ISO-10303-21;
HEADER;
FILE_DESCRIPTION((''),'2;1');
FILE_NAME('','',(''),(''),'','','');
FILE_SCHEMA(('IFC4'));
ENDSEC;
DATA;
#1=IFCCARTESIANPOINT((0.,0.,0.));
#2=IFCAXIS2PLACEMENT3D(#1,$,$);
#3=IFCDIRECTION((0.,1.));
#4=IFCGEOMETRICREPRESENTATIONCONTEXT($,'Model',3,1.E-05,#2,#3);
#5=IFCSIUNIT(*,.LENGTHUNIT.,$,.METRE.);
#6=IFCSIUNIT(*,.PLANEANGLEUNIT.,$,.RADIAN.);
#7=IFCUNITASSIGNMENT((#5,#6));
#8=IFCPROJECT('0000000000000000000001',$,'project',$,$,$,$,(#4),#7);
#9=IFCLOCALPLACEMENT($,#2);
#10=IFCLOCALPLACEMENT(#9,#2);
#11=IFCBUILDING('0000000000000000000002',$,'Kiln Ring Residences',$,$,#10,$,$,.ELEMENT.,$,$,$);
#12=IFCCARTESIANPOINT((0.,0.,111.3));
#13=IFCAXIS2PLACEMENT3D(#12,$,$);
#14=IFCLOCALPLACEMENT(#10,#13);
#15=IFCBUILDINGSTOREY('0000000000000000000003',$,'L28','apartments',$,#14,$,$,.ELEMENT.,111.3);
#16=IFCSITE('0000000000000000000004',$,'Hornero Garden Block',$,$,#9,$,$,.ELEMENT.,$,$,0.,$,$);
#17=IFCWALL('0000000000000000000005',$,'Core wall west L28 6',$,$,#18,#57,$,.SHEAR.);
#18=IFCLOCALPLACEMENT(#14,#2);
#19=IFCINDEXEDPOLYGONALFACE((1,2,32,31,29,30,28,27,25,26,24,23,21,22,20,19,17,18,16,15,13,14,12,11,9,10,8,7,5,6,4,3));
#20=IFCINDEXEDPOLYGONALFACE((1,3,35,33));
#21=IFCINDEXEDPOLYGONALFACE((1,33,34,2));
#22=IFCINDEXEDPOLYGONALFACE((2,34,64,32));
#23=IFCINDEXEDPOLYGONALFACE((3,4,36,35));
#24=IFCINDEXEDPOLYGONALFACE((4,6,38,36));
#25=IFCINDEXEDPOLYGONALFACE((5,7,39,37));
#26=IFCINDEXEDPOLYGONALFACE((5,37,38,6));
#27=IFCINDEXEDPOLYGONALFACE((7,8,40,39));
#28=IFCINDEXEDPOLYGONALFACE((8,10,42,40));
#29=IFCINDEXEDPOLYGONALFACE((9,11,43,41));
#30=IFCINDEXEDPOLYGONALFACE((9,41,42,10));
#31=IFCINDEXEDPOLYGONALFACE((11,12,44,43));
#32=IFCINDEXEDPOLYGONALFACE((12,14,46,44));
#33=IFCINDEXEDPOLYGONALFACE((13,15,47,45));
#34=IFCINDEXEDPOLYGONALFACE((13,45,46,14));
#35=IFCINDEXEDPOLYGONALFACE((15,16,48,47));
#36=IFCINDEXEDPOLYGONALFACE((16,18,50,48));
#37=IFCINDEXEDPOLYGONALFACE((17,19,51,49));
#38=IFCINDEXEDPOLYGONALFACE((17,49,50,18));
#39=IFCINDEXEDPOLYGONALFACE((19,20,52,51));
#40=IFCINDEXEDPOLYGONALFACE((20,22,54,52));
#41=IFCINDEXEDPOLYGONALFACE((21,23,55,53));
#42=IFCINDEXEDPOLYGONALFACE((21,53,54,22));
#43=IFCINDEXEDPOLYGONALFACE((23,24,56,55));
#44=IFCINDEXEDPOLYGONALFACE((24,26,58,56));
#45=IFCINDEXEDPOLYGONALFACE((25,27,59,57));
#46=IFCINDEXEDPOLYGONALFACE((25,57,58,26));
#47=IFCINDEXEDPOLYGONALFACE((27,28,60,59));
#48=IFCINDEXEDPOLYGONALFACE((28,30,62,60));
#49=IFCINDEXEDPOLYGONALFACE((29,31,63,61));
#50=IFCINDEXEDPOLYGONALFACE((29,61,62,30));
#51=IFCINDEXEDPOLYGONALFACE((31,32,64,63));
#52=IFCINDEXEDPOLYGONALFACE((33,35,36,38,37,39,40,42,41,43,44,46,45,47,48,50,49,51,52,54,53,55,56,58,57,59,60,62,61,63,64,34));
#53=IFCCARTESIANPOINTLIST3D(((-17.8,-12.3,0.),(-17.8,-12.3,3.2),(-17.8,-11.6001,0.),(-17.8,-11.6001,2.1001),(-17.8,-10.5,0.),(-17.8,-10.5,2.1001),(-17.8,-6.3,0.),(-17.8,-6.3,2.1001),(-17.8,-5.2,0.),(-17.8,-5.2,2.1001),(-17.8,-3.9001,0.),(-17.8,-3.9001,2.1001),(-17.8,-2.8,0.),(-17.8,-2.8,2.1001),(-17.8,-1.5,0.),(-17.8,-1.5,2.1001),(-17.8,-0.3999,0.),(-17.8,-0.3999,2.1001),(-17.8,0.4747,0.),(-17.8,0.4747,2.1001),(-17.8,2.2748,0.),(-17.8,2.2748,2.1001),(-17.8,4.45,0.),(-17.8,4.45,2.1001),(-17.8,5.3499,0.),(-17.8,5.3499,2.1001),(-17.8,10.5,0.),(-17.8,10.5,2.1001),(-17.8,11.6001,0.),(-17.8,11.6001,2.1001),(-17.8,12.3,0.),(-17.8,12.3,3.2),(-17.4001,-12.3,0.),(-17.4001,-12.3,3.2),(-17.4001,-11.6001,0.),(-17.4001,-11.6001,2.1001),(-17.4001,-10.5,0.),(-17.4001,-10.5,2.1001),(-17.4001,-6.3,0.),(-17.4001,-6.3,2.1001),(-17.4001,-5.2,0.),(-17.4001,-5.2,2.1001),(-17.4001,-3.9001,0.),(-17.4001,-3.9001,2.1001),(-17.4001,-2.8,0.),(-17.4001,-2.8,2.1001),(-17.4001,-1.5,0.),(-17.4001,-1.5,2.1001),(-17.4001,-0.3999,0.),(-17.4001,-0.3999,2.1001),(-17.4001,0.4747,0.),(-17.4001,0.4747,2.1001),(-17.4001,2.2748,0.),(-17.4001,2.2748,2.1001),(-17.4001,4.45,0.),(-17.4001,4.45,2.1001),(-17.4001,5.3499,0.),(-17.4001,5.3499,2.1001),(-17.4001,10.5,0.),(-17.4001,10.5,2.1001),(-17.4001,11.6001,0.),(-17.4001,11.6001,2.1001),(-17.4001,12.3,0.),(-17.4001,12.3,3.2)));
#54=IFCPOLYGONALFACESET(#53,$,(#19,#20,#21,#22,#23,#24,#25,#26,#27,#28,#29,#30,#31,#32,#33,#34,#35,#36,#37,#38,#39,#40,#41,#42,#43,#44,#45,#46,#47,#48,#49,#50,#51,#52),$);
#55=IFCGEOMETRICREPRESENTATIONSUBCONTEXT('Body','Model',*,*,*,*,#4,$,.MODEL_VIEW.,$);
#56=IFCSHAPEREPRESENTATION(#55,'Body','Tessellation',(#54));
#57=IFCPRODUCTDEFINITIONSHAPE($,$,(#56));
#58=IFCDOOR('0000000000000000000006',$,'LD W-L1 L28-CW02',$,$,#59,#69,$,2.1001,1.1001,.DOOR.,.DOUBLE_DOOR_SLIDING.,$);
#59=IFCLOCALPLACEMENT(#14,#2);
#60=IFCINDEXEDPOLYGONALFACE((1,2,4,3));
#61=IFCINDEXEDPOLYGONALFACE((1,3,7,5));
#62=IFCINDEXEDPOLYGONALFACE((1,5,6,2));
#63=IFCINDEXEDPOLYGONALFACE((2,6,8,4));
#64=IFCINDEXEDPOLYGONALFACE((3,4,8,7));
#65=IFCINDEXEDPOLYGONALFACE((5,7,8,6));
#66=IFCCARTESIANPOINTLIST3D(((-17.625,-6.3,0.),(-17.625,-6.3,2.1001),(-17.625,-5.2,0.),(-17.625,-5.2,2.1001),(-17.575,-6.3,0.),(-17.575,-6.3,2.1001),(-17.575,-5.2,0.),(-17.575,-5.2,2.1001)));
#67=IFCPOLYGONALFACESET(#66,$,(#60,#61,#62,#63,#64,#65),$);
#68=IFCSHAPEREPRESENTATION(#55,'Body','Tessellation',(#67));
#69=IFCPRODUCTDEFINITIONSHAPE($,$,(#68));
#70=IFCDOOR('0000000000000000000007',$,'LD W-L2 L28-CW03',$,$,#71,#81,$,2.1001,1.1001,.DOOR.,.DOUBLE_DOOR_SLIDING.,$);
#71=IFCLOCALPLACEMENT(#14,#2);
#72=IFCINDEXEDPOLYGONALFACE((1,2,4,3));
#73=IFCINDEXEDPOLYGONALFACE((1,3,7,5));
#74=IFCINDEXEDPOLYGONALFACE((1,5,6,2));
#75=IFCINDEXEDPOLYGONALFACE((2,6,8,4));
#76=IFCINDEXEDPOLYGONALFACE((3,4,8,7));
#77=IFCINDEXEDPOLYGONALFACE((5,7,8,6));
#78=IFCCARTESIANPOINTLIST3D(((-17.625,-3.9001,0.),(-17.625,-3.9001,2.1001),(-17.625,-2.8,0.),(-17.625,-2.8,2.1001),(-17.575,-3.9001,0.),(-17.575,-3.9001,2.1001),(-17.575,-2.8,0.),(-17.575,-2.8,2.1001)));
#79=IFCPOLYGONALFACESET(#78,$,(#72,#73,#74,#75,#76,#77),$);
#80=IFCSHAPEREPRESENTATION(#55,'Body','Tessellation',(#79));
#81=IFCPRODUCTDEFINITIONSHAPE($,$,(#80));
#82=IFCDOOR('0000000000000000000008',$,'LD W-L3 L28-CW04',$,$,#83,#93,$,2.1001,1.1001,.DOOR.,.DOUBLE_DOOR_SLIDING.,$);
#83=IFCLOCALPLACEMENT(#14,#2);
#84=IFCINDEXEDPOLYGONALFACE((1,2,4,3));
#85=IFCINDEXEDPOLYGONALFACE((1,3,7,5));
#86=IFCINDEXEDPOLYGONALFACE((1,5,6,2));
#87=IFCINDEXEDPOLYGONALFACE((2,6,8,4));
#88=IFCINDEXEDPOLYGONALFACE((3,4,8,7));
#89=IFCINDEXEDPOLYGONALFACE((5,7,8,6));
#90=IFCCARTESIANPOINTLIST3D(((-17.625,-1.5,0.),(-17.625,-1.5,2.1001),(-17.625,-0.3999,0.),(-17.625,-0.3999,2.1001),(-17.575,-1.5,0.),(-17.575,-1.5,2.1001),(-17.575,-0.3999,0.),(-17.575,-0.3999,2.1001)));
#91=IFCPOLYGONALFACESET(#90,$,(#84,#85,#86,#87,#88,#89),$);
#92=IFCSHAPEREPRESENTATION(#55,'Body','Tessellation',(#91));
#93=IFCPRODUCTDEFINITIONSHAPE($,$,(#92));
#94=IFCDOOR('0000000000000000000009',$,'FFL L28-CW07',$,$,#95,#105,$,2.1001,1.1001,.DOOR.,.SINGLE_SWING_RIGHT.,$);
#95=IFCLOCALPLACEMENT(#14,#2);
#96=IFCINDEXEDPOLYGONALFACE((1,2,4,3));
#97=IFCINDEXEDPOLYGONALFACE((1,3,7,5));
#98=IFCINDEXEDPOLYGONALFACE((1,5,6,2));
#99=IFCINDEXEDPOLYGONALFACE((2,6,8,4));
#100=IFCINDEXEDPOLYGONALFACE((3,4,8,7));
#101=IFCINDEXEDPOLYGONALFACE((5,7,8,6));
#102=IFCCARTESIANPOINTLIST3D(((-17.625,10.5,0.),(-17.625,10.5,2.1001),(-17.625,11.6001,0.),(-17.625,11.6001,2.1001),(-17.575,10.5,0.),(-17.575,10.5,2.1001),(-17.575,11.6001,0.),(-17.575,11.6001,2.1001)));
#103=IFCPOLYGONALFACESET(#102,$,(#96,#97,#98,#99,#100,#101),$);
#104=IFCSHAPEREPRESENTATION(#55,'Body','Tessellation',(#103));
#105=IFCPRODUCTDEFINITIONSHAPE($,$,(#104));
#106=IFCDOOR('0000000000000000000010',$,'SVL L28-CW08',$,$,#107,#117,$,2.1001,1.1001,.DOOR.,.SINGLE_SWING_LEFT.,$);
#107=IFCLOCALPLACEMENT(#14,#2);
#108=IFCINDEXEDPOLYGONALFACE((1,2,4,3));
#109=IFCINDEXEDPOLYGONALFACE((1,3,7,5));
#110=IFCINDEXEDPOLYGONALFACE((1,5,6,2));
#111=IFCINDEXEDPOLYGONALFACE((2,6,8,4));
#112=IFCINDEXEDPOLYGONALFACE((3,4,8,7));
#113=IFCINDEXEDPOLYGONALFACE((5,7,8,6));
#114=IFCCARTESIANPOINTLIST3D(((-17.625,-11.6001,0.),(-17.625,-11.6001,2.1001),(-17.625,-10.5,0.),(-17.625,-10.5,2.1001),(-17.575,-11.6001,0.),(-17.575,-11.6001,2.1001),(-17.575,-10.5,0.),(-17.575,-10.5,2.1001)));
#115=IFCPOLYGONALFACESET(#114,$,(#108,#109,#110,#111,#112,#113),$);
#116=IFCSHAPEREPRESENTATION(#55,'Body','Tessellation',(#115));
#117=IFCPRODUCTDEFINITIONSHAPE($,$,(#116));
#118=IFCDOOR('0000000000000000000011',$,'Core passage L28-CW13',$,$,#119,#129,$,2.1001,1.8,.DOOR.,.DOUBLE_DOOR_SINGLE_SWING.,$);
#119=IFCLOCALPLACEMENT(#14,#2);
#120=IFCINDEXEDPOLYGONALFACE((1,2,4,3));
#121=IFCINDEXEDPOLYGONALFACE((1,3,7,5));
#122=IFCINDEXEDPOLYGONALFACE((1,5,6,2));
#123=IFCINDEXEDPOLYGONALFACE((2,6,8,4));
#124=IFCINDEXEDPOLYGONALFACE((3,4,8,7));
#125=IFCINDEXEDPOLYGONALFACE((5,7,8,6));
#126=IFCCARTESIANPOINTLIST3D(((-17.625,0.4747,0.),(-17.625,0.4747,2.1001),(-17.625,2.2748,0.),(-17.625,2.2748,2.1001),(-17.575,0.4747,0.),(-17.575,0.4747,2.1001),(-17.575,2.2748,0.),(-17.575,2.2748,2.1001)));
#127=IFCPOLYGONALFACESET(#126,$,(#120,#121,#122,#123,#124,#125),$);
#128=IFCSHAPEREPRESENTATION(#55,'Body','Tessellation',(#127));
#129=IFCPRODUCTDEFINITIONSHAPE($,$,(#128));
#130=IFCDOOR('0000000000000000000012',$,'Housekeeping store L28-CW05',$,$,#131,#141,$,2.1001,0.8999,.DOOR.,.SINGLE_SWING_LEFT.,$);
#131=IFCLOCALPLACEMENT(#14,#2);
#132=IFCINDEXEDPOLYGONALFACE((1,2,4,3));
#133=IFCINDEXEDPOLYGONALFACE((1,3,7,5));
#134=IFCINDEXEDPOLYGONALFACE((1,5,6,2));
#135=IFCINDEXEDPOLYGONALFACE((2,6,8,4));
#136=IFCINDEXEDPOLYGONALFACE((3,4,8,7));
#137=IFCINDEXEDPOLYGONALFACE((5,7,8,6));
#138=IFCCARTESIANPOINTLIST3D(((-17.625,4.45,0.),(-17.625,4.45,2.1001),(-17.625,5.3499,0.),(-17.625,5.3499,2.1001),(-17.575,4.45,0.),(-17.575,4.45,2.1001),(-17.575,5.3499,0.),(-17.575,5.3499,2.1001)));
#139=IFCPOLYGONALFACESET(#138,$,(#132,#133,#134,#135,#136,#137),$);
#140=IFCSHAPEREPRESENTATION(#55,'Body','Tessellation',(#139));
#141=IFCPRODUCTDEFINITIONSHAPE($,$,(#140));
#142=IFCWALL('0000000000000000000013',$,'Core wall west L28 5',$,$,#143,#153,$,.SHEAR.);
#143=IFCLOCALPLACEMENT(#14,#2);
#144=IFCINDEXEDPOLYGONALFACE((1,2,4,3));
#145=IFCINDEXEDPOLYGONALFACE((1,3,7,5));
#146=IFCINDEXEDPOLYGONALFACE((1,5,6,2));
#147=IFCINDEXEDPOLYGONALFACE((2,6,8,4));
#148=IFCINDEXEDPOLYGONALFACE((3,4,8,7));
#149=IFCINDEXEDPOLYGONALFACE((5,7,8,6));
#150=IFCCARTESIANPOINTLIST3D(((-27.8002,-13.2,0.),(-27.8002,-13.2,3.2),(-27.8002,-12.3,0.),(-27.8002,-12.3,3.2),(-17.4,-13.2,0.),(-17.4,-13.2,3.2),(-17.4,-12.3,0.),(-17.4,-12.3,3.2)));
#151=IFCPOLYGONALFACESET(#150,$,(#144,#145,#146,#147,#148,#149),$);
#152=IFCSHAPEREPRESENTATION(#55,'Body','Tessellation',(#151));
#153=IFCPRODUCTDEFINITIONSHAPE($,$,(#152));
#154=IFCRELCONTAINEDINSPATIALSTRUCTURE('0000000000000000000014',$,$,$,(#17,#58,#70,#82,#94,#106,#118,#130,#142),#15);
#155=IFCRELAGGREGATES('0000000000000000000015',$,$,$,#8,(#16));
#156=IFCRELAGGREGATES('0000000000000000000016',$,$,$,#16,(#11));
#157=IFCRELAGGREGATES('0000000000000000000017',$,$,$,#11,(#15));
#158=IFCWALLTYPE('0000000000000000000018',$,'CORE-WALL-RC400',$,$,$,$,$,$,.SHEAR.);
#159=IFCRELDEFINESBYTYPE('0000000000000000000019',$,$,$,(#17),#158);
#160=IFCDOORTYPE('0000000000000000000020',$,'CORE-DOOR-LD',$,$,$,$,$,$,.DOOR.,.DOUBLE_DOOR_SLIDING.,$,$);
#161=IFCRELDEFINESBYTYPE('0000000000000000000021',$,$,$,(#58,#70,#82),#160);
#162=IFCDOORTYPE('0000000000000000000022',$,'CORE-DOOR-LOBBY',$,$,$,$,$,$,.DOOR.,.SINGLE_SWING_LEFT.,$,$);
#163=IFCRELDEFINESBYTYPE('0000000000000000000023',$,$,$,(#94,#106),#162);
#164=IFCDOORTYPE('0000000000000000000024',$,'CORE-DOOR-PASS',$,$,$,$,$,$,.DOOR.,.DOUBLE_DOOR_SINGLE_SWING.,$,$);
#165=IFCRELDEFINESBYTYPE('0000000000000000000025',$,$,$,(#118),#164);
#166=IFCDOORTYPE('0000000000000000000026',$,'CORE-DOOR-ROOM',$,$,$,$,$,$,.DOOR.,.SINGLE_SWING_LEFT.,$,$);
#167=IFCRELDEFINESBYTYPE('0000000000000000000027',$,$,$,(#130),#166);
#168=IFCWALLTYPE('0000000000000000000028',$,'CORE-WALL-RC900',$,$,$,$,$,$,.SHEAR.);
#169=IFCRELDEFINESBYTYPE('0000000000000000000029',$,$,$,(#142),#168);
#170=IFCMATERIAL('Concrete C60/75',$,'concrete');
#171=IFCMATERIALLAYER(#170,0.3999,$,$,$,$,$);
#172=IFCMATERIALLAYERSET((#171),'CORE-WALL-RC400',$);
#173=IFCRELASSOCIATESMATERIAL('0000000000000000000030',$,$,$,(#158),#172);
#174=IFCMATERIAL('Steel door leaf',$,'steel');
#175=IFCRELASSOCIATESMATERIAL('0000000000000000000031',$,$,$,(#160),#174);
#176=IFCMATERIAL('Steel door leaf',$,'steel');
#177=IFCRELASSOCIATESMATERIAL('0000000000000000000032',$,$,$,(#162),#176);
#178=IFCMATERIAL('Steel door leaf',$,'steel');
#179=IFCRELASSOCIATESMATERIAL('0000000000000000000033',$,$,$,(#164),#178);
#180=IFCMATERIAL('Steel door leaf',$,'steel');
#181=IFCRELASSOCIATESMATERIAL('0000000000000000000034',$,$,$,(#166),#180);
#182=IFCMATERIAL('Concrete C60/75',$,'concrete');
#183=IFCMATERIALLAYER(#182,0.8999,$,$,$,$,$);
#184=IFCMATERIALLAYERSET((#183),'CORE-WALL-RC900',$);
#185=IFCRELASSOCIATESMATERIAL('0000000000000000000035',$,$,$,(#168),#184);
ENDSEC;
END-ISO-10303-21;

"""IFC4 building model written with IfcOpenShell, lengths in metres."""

from ifc_helpers import new_model, si_unit, direction, frame, frame_2d, origin, place, context, subcontext, project, spatial, rectangle, extrude, material, layer, layer_set, type_object, element, fill, save


model = new_model("IFC4")

# Units and contexts
model_context = context("Model", 3, precision=1e-05, world=origin(), true_north=direction((0.0, 1.0)))
body_context = subcontext(model_context, "Body", "Model", "MODEL_VIEW")
ifc_project = project(units=[si_unit("LENGTHUNIT", "METRE"), si_unit("PLANEANGLEUNIT", "RADIAN")], contexts=[model_context])

# Site, building, storey
site_placement = place(None, origin())
site = spatial("IfcSite", under=ifc_project, at=site_placement, Name="Hornero Garden Block", CompositionType="ELEMENT", RefElevation=0.0)
building_placement = place(site_placement, origin())
building = spatial("IfcBuilding", under=site, at=building_placement, Name="Kiln Ring Residences", CompositionType="ELEMENT")
storey_placement = place(building_placement, frame((0.0, 0.0, 111.3)))
storey = spatial("IfcBuildingStorey", under=building, at=storey_placement, Name="L28", Description="apartments", CompositionType="ELEMENT", Elevation=111.3)

# Wall, openings, doors
ifc_material_1 = material(Name="Concrete C60/75", Category="concrete")
ifc_layer_1 = layer(ifc_material_1, 0.3999)
ifc_layer_set_1 = layer_set([ifc_layer_1], Name="CORE-WALL-RC400")
wall_type_1 = type_object("IfcWallType", Name="CORE-WALL-RC400", PredefinedType="SHEAR", material=ifc_layer_set_1)
wall_1_placement = place(storey_placement, frame((-17.6001, -12.3, 0.0), z_axis=(0.0, 0.0, 1.0), x_axis=(0.0, 1.0, 0.0)))
wall_1 = element("IfcWall", 1, at=wall_1_placement, inside=storey, type_object=wall_type_1, Name="Core wall west L28 6", PredefinedType="SHEAR", context=body_context, shape_type="SweptSolid", body=[
    extrude(rectangle(XDim=24.6001, YDim=0.3999, at=frame_2d((12.3, 0.0))), origin(), (0.0, 0.0, 1.0), 3.2),
])
opening_1_placement = place(wall_1_placement, frame((6.0, 0.0, 0.0)))
opening_1 = element("IfcOpeningElement", 2, at=opening_1_placement, cuts=wall_1, PredefinedType="OPENING", context=body_context, shape_type="SweptSolid", body=[
    extrude(rectangle(XDim=1.1001, YDim=2.1001, at=frame_2d((0.55, 1.05))), frame((0.0, 0.21, 0.0), z_axis=(0.0, -1.0, 0.0), x_axis=(1.0, 0.0, 0.0)), (0.0, 0.0, 1.0), 0.4199),
])
opening_2_placement = place(wall_1_placement, frame((8.3999, 0.0, 0.0)))
opening_2 = element("IfcOpeningElement", 3, at=opening_2_placement, cuts=wall_1, PredefinedType="OPENING", context=body_context, shape_type="SweptSolid", body=[
    extrude(rectangle(XDim=1.1001, YDim=2.1001, at=frame_2d((0.55, 1.05))), frame((0.0, 0.21, 0.0), z_axis=(0.0, -1.0, 0.0), x_axis=(1.0, 0.0, 0.0)), (0.0, 0.0, 1.0), 0.4199),
])
opening_3_placement = place(wall_1_placement, frame((10.8, 0.0, 0.0)))
opening_3 = element("IfcOpeningElement", 4, at=opening_3_placement, cuts=wall_1, PredefinedType="OPENING", context=body_context, shape_type="SweptSolid", body=[
    extrude(rectangle(XDim=1.1001, YDim=2.1001, at=frame_2d((0.55, 1.05))), frame((0.0, 0.21, 0.0), z_axis=(0.0, -1.0, 0.0), x_axis=(1.0, 0.0, 0.0)), (0.0, 0.0, 1.0), 0.4199),
])
opening_4_placement = place(wall_1_placement, frame((16.75, 0.0, 0.0)))
opening_4 = element("IfcOpeningElement", 5, at=opening_4_placement, cuts=wall_1, PredefinedType="OPENING", context=body_context, shape_type="SweptSolid", body=[
    extrude(rectangle(XDim=0.8999, YDim=2.1001, at=frame_2d((0.45, 1.05))), frame((0.0, 0.21, 0.0), z_axis=(0.0, -1.0, 0.0), x_axis=(1.0, 0.0, 0.0)), (0.0, 0.0, 1.0), 0.4199),
])
opening_5_placement = place(wall_1_placement, frame((22.8, 0.0, 0.0)))
opening_5 = element("IfcOpeningElement", 6, at=opening_5_placement, cuts=wall_1, PredefinedType="OPENING", context=body_context, shape_type="SweptSolid", body=[
    extrude(rectangle(XDim=1.1001, YDim=2.1001, at=frame_2d((0.55, 1.05))), frame((0.0, 0.21, 0.0), z_axis=(0.0, -1.0, 0.0), x_axis=(1.0, 0.0, 0.0)), (0.0, 0.0, 1.0), 0.4199),
])
opening_6_placement = place(wall_1_placement, frame((0.7, 0.0, 0.0)))
opening_6 = element("IfcOpeningElement", 7, at=opening_6_placement, cuts=wall_1, PredefinedType="OPENING", context=body_context, shape_type="SweptSolid", body=[
    extrude(rectangle(XDim=1.1001, YDim=2.1001, at=frame_2d((0.55, 1.05))), frame((0.0, 0.21, 0.0), z_axis=(0.0, -1.0, 0.0), x_axis=(1.0, 0.0, 0.0)), (0.0, 0.0, 1.0), 0.4199),
])
opening_7_placement = place(wall_1_placement, frame((12.7749, 0.0, 0.0)))
opening_7 = element("IfcOpeningElement", 8, at=opening_7_placement, cuts=wall_1, PredefinedType="OPENING", context=body_context, shape_type="SweptSolid", body=[
    extrude(rectangle(XDim=1.8, YDim=2.1001, at=frame_2d((0.8999, 1.05))), frame((0.0, 0.21, 0.0), z_axis=(0.0, -1.0, 0.0), x_axis=(1.0, 0.0, 0.0)), (0.0, 0.0, 1.0), 0.4199),
])
ifc_material_2 = material(Name="Steel door leaf", Category="steel")
door_type_1 = type_object("IfcDoorType", Name="CORE-DOOR-LD", OperationType="DOUBLE_DOOR_SLIDING", PredefinedType="DOOR", material=ifc_material_2)
door_1_placement = place(opening_1_placement, origin())
door_1 = element("IfcDoor", 9, at=door_1_placement, inside=storey, type_object=door_type_1, Name="LD W-L1 L28-CW02", OperationType="DOUBLE_DOOR_SLIDING", OverallHeight=2.1001, OverallWidth=1.1001, PredefinedType="DOOR", context=body_context, shape_type="SweptSolid", body=[
    extrude(rectangle(XDim=1.1001, YDim=2.1001, at=frame_2d((0.55, 1.05))), frame((0.0, 0.0249, 0.0), z_axis=(0.0, -1.0, 0.0), x_axis=(1.0, 0.0, 0.0)), (0.0, 0.0, 1.0), 0.05),
])
fill(opening_1, door_1)
door_2_placement = place(opening_2_placement, origin())
door_2 = element("IfcDoor", 10, at=door_2_placement, inside=storey, type_object=door_type_1, Name="LD W-L2 L28-CW03", OperationType="DOUBLE_DOOR_SLIDING", OverallHeight=2.1001, OverallWidth=1.1001, PredefinedType="DOOR", context=body_context, shape_type="SweptSolid", body=[
    extrude(rectangle(XDim=1.1001, YDim=2.1001, at=frame_2d((0.55, 1.05))), frame((0.0, 0.0249, 0.0), z_axis=(0.0, -1.0, 0.0), x_axis=(1.0, 0.0, 0.0)), (0.0, 0.0, 1.0), 0.05),
])
fill(opening_2, door_2)
door_3_placement = place(opening_3_placement, origin())
door_3 = element("IfcDoor", 11, at=door_3_placement, inside=storey, type_object=door_type_1, Name="LD W-L3 L28-CW04", OperationType="DOUBLE_DOOR_SLIDING", OverallHeight=2.1001, OverallWidth=1.1001, PredefinedType="DOOR", context=body_context, shape_type="SweptSolid", body=[
    extrude(rectangle(XDim=1.1001, YDim=2.1001, at=frame_2d((0.55, 1.05))), frame((0.0, 0.0249, 0.0), z_axis=(0.0, -1.0, 0.0), x_axis=(1.0, 0.0, 0.0)), (0.0, 0.0, 1.0), 0.05),
])
fill(opening_3, door_3)
ifc_material_3 = material(Name="Steel door leaf", Category="steel")
door_type_2 = type_object("IfcDoorType", Name="CORE-DOOR-LOBBY", OperationType="SINGLE_SWING_LEFT", PredefinedType="DOOR", material=ifc_material_3)
door_4_placement = place(opening_5_placement, origin())
door_4 = element("IfcDoor", 12, at=door_4_placement, inside=storey, type_object=door_type_2, Name="FFL L28-CW07", OperationType="SINGLE_SWING_RIGHT", OverallHeight=2.1001, OverallWidth=1.1001, PredefinedType="DOOR", context=body_context, shape_type="SweptSolid", body=[
    extrude(rectangle(XDim=1.1001, YDim=2.1001, at=frame_2d((0.55, 1.05))), frame((0.0, 0.0249, 0.0), z_axis=(0.0, -1.0, 0.0), x_axis=(1.0, 0.0, 0.0)), (0.0, 0.0, 1.0), 0.05),
])
fill(opening_5, door_4)
door_5_placement = place(opening_6_placement, origin())
door_5 = element("IfcDoor", 13, at=door_5_placement, inside=storey, type_object=door_type_2, Name="SVL L28-CW08", OperationType="SINGLE_SWING_LEFT", OverallHeight=2.1001, OverallWidth=1.1001, PredefinedType="DOOR", context=body_context, shape_type="SweptSolid", body=[
    extrude(rectangle(XDim=1.1001, YDim=2.1001, at=frame_2d((0.55, 1.05))), frame((0.0, 0.0249, 0.0), z_axis=(0.0, -1.0, 0.0), x_axis=(1.0, 0.0, 0.0)), (0.0, 0.0, 1.0), 0.05),
])
fill(opening_6, door_5)
ifc_material_4 = material(Name="Steel door leaf", Category="steel")
door_type_3 = type_object("IfcDoorType", Name="CORE-DOOR-PASS", OperationType="DOUBLE_DOOR_SINGLE_SWING", PredefinedType="DOOR", material=ifc_material_4)
door_6_placement = place(opening_7_placement, origin())
door_6 = element("IfcDoor", 14, at=door_6_placement, inside=storey, type_object=door_type_3, Name="Core passage L28-CW13", OperationType="DOUBLE_DOOR_SINGLE_SWING", OverallHeight=2.1001, OverallWidth=1.8, PredefinedType="DOOR", context=body_context, shape_type="SweptSolid", body=[
    extrude(rectangle(XDim=1.8, YDim=2.1001, at=frame_2d((0.8999, 1.05))), frame((0.0, 0.0249, 0.0), z_axis=(0.0, -1.0, 0.0), x_axis=(1.0, 0.0, 0.0)), (0.0, 0.0, 1.0), 0.05),
])
fill(opening_7, door_6)
ifc_material_5 = material(Name="Steel door leaf", Category="steel")
door_type_4 = type_object("IfcDoorType", Name="CORE-DOOR-ROOM", OperationType="SINGLE_SWING_LEFT", PredefinedType="DOOR", material=ifc_material_5)
door_7_placement = place(opening_4_placement, origin())
door_7 = element("IfcDoor", 15, at=door_7_placement, inside=storey, type_object=door_type_4, Name="Housekeeping store L28-CW05", OperationType="SINGLE_SWING_LEFT", OverallHeight=2.1001, OverallWidth=0.8999, PredefinedType="DOOR", context=body_context, shape_type="SweptSolid", body=[
    extrude(rectangle(XDim=0.8999, YDim=2.1001, at=frame_2d((0.45, 1.05))), frame((0.0, 0.0249, 0.0), z_axis=(0.0, -1.0, 0.0), x_axis=(1.0, 0.0, 0.0)), (0.0, 0.0, 1.0), 0.05),
])
fill(opening_4, door_7)

# Wall
ifc_material_6 = material(Name="Concrete C60/75", Category="concrete")
ifc_layer_2 = layer(ifc_material_6, 0.8999)
ifc_layer_set_2 = layer_set([ifc_layer_2], Name="CORE-WALL-RC900")
wall_type_2 = type_object("IfcWallType", Name="CORE-WALL-RC900", PredefinedType="SHEAR", material=ifc_layer_set_2)
wall_2_placement = place(storey_placement, frame((-17.3999, -12.75, 0.0), z_axis=(0.0, 0.0, 1.0), x_axis=(-1.0, 0.0, 0.0)))
element("IfcWall", 16, at=wall_2_placement, inside=storey, type_object=wall_type_2, Name="Core wall west L28 5", PredefinedType="SHEAR", context=body_context, shape_type="SweptSolid", body=[
    extrude(rectangle(XDim=10.4001, YDim=0.8999, at=frame_2d((5.2002, 0.0))), origin(), (0.0, 0.0, 1.0), 3.2),
])

save(model, "model.ifc")
